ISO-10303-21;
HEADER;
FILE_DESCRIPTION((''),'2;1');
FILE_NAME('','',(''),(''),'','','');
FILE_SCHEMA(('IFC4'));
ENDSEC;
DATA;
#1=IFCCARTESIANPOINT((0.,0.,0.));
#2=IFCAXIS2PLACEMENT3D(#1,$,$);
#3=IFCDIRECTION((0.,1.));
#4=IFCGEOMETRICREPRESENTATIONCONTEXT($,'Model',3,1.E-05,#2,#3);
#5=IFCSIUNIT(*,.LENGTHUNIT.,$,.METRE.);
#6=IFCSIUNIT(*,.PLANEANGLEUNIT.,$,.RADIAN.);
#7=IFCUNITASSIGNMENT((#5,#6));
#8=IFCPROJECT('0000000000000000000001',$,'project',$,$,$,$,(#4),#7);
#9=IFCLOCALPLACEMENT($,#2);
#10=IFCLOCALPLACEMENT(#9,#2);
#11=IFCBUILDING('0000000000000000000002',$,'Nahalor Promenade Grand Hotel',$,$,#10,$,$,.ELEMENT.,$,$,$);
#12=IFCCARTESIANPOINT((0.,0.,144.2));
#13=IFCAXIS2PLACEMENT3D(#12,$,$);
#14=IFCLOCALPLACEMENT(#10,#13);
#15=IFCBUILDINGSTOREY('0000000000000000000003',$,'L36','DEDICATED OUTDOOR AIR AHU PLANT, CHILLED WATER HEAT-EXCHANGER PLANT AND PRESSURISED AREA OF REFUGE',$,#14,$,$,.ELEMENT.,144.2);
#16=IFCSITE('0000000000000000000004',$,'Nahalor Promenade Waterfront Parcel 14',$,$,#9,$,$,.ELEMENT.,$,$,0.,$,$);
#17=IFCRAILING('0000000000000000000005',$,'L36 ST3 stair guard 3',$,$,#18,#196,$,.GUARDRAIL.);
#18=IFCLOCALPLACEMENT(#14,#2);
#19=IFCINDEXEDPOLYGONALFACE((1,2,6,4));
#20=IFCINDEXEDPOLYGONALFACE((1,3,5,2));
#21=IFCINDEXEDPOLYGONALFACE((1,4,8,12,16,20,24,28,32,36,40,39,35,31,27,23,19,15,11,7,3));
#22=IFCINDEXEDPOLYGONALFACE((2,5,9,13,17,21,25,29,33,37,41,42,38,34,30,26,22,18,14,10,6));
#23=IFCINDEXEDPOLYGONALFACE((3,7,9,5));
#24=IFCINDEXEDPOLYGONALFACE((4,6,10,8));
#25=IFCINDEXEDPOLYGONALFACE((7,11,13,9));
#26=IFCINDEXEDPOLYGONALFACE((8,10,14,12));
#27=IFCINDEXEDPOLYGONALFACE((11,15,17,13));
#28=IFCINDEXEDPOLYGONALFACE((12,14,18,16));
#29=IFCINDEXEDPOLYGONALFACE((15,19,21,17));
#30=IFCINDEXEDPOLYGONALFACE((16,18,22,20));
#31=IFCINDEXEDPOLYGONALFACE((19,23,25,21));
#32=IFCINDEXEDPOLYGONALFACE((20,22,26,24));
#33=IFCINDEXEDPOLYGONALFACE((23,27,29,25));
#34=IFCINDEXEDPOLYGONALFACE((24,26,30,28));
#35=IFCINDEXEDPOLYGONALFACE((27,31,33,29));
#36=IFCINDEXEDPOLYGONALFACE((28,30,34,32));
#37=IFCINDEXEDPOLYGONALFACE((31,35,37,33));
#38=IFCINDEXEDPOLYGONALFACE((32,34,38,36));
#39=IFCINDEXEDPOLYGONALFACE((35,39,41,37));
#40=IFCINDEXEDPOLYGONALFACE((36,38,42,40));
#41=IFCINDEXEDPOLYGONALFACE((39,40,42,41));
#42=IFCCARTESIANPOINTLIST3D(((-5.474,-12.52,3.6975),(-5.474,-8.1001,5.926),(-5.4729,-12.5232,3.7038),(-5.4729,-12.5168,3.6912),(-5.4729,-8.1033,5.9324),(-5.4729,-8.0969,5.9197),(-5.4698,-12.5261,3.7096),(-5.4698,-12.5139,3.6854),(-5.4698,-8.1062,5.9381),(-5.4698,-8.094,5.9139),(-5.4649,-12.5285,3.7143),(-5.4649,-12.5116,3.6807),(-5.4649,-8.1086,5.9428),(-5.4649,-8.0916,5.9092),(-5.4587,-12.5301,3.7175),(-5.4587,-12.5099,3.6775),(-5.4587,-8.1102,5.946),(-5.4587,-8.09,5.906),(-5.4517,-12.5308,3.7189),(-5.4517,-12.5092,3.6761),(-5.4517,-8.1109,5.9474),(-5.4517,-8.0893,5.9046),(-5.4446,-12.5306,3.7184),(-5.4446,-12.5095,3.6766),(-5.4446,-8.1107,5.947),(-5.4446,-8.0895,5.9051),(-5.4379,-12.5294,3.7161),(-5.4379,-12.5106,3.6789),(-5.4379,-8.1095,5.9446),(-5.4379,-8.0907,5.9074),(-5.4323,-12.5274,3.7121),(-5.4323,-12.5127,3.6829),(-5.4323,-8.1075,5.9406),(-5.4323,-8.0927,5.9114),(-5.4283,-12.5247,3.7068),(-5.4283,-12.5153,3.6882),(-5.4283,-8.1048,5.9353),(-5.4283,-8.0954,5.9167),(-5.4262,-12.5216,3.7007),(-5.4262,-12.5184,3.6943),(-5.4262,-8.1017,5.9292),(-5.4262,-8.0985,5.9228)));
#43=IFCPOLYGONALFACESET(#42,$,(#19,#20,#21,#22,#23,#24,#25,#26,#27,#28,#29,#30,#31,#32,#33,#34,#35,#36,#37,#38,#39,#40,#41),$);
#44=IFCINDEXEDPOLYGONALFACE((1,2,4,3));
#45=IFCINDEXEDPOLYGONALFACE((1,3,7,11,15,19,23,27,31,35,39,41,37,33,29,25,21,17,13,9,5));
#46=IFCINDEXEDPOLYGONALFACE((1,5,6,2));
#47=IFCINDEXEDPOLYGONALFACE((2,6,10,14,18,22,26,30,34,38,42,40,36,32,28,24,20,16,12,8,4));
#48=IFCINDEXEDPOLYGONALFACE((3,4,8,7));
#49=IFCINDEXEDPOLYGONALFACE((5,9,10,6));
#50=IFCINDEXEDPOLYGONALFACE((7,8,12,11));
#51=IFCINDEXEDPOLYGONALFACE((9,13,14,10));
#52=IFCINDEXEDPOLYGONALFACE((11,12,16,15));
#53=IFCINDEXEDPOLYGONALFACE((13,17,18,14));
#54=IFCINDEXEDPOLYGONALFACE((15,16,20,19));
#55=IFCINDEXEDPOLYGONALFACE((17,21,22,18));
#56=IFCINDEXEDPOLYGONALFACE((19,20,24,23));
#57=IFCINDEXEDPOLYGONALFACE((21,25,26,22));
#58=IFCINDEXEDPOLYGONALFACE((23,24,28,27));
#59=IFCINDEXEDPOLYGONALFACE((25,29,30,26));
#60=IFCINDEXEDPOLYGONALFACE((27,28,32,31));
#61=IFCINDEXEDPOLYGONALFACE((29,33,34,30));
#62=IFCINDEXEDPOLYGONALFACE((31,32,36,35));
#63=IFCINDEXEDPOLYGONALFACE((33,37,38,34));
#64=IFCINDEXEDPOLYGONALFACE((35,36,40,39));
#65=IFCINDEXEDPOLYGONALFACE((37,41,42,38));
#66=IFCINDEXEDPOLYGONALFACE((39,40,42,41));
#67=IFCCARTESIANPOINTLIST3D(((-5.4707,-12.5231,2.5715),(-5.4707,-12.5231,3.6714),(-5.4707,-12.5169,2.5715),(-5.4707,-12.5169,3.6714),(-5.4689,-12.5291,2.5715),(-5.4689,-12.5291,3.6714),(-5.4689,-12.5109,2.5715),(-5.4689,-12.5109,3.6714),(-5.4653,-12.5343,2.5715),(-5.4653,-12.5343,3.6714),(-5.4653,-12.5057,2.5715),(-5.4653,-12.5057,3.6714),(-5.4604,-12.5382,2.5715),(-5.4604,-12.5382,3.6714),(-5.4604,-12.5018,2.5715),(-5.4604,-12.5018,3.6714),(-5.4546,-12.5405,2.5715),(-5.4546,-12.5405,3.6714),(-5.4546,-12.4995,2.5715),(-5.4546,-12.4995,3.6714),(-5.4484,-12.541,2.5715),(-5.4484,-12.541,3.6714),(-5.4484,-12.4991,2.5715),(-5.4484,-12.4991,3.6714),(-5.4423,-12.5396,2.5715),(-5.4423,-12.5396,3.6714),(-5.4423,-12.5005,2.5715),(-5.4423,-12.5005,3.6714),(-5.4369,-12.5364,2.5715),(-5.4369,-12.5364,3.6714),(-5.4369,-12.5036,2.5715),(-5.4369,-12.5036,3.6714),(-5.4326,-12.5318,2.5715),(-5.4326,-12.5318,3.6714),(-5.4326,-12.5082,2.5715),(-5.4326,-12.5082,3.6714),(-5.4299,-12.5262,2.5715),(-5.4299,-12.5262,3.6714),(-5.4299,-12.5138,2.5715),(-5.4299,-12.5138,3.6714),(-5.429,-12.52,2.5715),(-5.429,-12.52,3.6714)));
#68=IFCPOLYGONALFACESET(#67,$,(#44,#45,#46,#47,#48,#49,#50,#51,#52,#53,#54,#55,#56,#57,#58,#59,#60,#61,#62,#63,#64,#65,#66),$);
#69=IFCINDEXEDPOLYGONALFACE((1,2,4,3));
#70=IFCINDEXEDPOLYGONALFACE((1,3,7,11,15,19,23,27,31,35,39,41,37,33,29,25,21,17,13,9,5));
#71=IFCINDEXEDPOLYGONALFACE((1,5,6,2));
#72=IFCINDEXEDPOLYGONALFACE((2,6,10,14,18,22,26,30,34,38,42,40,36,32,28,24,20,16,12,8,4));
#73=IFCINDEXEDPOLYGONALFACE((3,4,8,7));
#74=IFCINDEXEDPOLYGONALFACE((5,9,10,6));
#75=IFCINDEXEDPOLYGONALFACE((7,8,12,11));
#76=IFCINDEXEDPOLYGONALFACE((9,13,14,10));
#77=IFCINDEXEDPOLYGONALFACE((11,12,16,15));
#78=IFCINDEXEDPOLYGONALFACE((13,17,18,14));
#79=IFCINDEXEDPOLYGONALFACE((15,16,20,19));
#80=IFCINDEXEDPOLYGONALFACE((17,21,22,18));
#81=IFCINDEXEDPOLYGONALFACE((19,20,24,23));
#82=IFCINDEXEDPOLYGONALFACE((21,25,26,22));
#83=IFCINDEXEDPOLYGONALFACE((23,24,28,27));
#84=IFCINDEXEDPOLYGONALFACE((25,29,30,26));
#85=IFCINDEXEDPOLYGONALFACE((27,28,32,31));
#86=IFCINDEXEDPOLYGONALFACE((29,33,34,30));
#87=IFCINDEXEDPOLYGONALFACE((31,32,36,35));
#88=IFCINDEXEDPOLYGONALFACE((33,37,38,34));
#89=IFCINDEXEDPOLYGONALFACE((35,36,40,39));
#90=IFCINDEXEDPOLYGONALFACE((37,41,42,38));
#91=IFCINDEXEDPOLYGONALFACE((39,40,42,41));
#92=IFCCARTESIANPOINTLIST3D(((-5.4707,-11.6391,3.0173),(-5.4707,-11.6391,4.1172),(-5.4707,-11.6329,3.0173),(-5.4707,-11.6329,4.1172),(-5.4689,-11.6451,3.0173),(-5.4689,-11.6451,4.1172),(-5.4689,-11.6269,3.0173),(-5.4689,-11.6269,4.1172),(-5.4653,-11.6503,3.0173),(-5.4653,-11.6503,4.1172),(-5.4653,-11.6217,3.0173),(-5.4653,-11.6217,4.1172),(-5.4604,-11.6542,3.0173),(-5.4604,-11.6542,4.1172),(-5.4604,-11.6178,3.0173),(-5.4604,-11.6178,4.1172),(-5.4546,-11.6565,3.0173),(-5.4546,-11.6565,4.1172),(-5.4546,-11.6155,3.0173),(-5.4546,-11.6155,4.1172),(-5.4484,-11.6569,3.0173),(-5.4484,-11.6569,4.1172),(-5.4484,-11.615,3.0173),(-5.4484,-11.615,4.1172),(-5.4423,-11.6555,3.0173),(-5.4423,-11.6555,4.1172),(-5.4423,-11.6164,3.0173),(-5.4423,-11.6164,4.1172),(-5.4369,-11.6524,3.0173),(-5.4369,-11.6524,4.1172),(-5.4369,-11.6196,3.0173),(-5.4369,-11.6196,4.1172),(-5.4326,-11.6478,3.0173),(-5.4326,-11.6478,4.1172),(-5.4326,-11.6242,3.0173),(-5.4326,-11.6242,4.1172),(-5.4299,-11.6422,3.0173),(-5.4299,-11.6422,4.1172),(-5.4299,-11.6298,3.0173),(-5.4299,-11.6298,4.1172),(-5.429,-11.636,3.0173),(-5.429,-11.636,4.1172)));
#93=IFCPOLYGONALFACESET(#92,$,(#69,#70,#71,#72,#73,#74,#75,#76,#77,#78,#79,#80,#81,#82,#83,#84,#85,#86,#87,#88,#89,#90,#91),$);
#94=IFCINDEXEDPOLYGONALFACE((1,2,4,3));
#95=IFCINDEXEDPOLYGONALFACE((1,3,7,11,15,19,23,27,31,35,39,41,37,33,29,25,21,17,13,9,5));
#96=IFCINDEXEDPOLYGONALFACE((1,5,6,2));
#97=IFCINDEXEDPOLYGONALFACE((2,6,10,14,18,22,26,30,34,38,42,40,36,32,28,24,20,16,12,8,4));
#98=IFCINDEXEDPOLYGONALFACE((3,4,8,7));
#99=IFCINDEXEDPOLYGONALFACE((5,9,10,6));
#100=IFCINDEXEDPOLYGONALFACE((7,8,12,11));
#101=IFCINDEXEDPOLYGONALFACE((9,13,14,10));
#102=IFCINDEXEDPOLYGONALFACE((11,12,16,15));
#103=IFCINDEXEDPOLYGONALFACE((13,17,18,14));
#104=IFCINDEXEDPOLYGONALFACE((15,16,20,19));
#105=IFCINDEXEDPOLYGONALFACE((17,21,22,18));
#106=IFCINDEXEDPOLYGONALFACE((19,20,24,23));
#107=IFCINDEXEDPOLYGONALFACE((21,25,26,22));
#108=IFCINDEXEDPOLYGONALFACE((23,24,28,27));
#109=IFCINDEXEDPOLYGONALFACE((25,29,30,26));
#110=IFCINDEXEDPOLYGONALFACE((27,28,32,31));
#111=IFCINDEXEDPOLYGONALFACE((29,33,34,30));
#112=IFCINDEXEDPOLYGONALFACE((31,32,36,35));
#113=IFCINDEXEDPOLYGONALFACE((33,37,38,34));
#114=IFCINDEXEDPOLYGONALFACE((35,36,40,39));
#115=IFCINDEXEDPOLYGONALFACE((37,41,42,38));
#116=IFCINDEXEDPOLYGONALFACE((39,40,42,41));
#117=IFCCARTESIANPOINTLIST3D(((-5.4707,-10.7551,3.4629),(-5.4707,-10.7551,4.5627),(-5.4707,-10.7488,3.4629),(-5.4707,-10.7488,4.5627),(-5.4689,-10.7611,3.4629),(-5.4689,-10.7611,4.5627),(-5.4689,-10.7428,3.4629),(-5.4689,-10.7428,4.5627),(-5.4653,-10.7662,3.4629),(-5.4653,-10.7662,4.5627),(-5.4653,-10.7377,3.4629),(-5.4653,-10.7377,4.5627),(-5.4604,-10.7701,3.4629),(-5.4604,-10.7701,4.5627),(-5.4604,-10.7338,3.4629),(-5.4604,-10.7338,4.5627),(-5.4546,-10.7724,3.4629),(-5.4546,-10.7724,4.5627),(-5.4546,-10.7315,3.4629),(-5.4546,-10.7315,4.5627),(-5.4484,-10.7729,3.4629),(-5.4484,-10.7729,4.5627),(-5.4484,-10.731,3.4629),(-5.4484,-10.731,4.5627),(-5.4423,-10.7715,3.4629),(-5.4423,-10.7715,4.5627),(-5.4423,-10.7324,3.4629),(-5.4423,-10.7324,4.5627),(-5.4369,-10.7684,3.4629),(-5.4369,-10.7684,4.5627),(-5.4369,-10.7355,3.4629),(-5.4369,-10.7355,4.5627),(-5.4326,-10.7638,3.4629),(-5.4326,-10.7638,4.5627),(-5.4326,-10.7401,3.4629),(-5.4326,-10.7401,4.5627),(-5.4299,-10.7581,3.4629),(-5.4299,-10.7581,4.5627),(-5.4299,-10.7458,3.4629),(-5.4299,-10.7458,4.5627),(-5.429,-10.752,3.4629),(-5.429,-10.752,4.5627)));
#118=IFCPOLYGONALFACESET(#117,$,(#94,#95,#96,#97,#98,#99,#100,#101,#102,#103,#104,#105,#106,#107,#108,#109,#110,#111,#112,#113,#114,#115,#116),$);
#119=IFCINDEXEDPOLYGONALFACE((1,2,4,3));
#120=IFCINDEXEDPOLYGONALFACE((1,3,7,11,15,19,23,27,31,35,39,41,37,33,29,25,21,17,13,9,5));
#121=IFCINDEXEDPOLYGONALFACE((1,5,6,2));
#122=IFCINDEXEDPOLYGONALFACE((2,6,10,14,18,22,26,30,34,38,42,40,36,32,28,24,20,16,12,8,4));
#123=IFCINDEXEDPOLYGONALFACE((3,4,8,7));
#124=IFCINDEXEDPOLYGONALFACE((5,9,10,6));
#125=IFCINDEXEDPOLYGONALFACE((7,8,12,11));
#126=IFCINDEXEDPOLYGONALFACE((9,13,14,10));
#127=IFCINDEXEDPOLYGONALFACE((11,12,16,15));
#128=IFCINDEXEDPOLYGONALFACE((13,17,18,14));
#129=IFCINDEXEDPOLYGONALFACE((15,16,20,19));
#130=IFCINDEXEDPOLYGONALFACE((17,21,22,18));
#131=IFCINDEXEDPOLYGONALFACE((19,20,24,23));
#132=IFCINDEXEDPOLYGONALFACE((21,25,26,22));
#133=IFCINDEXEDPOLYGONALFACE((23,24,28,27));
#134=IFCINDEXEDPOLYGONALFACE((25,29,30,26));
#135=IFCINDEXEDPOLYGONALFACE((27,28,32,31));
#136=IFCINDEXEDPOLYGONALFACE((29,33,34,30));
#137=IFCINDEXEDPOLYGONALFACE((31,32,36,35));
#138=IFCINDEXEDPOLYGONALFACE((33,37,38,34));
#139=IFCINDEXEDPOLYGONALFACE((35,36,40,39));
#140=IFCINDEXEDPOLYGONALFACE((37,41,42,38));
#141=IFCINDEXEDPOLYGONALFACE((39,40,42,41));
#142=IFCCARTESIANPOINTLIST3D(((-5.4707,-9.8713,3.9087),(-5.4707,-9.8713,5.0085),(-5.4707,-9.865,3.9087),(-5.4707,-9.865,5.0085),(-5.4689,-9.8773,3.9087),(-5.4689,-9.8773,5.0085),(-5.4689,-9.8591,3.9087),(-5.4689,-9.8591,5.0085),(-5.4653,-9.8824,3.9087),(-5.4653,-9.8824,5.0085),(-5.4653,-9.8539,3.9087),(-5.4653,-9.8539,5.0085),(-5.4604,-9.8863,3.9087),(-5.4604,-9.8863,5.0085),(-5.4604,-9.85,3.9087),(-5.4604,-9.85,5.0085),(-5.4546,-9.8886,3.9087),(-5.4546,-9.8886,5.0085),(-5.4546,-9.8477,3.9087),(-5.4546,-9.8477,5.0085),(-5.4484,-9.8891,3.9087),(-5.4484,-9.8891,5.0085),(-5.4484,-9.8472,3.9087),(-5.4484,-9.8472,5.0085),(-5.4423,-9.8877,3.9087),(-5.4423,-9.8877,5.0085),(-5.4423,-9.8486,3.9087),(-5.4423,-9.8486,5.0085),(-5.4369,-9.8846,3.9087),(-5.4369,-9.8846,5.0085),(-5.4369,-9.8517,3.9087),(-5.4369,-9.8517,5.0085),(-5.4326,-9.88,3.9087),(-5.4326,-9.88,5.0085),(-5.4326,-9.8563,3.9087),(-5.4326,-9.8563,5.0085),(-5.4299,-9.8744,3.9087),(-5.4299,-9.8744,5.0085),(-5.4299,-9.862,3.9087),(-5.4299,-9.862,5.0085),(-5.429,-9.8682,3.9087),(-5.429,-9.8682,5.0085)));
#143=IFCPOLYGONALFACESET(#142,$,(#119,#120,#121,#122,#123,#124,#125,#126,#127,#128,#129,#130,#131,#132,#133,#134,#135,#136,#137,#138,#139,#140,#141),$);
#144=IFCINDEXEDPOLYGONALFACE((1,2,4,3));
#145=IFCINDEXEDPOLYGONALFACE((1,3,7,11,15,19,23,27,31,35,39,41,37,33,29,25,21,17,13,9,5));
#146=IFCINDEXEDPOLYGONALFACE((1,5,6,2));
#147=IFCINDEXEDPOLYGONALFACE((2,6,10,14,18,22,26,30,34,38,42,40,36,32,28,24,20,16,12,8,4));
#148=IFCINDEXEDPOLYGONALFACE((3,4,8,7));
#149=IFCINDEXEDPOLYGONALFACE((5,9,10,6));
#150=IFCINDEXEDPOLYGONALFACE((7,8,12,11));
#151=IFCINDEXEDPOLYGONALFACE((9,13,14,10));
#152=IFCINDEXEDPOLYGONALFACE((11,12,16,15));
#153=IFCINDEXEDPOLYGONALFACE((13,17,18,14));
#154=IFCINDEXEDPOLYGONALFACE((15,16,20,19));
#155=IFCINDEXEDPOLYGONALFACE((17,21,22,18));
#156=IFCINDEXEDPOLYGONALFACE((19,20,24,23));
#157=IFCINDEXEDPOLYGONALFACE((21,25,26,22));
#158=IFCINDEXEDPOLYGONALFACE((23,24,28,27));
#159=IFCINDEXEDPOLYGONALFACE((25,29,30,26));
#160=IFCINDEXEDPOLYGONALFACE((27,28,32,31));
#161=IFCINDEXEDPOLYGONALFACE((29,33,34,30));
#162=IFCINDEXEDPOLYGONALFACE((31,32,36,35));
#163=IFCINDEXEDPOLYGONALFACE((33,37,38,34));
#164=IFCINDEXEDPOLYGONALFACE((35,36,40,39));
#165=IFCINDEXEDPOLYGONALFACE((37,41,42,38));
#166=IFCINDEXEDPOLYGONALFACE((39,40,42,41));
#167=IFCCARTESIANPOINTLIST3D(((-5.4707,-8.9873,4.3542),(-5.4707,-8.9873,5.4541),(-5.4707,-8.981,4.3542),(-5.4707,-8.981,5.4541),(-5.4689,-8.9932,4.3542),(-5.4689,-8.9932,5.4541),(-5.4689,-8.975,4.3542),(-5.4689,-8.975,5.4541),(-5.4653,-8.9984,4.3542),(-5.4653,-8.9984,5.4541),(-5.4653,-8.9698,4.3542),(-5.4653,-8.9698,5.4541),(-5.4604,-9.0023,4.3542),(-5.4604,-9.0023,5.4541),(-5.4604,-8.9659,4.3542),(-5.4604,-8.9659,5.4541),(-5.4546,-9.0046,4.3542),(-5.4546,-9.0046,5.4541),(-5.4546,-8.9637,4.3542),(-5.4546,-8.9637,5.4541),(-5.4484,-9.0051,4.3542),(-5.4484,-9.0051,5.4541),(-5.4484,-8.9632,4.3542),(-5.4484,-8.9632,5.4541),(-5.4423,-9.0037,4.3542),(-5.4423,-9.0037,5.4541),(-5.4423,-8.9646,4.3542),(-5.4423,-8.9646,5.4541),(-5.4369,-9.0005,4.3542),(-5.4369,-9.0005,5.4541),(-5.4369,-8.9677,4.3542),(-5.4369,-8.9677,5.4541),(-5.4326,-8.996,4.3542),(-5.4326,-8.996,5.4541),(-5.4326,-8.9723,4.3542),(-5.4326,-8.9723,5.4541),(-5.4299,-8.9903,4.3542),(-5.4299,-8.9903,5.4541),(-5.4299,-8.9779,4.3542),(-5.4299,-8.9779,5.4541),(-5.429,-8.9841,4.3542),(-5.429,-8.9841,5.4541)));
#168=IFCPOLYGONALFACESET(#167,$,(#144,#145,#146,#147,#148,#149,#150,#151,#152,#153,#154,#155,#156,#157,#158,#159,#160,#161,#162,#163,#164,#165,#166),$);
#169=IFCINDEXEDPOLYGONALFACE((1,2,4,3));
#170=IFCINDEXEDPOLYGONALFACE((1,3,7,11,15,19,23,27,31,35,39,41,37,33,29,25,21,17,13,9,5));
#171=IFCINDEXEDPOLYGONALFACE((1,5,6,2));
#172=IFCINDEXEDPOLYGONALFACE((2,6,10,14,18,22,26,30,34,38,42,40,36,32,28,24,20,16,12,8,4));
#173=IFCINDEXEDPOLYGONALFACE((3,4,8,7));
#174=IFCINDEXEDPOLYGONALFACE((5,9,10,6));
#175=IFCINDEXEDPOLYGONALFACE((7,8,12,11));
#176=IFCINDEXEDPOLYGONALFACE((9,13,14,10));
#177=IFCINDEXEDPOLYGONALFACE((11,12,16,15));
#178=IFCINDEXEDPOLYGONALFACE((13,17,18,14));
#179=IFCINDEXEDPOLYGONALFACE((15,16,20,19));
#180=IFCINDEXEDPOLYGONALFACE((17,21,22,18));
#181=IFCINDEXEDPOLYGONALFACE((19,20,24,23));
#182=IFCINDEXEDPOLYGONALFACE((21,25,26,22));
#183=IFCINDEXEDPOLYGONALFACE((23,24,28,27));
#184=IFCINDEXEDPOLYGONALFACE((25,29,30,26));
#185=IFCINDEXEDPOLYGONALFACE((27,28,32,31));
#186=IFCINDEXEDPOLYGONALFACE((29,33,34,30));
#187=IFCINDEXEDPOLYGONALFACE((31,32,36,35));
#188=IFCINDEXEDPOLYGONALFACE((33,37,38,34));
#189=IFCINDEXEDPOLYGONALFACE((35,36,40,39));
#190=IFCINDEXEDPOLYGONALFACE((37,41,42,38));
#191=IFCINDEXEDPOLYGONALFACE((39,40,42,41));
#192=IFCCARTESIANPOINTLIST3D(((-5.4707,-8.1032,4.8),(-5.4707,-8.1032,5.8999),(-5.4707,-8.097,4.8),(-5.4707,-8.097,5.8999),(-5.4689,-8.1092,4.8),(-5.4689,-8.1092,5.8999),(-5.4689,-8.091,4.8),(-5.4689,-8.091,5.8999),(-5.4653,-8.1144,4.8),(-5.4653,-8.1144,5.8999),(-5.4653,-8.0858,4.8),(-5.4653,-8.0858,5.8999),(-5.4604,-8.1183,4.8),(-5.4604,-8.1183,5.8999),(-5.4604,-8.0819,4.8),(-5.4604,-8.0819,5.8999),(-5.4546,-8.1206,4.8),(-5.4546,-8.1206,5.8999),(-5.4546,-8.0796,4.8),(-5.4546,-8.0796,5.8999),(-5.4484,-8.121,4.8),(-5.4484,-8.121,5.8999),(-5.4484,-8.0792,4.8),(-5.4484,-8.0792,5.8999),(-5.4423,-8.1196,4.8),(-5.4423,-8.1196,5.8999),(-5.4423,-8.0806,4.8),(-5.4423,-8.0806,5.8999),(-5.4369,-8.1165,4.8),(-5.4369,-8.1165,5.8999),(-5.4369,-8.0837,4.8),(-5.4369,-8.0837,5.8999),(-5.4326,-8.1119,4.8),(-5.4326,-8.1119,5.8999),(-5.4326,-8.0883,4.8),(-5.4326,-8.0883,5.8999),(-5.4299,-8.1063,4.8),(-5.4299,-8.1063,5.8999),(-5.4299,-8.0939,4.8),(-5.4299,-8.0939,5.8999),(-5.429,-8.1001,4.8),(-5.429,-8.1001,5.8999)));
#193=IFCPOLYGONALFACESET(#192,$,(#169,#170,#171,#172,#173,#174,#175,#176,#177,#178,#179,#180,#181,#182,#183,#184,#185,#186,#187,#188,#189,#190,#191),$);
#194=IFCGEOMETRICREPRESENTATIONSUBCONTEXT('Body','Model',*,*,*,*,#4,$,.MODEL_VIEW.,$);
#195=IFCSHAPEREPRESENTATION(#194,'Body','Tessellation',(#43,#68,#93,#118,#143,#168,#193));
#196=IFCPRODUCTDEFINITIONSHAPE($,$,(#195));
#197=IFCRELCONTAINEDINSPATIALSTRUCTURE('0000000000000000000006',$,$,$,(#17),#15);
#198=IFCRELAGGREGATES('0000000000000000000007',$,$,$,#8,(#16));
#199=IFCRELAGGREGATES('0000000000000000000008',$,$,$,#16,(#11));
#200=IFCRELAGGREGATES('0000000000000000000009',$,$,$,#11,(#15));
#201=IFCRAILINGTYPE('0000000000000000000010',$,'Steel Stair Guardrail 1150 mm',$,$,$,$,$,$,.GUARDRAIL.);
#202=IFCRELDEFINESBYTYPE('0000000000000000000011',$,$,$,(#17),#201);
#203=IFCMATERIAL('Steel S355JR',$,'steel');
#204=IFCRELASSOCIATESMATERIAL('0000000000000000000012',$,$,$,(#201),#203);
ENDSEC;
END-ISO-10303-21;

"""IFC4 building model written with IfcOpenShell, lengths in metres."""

from ifc_helpers import new_model, si_unit, direction, frame, origin, origin_2d, place, context, subcontext, project, spatial, circle, extrude, material, type_object, element, save


model = new_model("IFC4")

# Units and contexts
model_context = context("Model", 3, precision=1e-05, world=origin(), true_north=direction((0.0, 1.0)))
body_context = subcontext(model_context, "Body", "Model", "MODEL_VIEW")
ifc_project = project(units=[si_unit("LENGTHUNIT", "METRE"), si_unit("PLANEANGLEUNIT", "RADIAN")], contexts=[model_context])

# Site, building, storey
site_placement = place(None, origin())
site = spatial("IfcSite", under=ifc_project, at=site_placement, Name="Nahalor Promenade Waterfront Parcel 14", CompositionType="ELEMENT", RefElevation=0.0)
building_placement = place(site_placement, origin())
building = spatial("IfcBuilding", under=site, at=building_placement, Name="Nahalor Promenade Grand Hotel", CompositionType="ELEMENT")
storey_placement = place(building_placement, frame((0.0, 0.0, 144.2)))
storey = spatial("IfcBuildingStorey", under=building, at=storey_placement, Name="L36", Description="DEDICATED OUTDOOR AIR AHU PLANT, CHILLED WATER HEAT-EXCHANGER PLANT AND PRESSURISED AREA OF REFUGE", CompositionType="ELEMENT", Elevation=144.2)

# Shared definitions
ifc_material_1 = material(Name="Steel S355JR", Category="steel")

# Railing
railing_type_1 = type_object("IfcRailingType", Name="Steel Stair Guardrail 1150 mm", PredefinedType="GUARDRAIL", material=ifc_material_1)
railing_1_placement = place(storey_placement, frame((-5.45, -12.52, 2.5715)))
element("IfcRailing", 1, at=railing_1_placement, inside=storey, type_object=railing_type_1, Name="L36 ST3 stair guard 3", PredefinedType="GUARDRAIL", context=body_context, shape_type="SweptSolid", body=[
    extrude(circle(Radius=0.024, at=origin_2d()), frame((0.0, 0.0, 1.126), z_axis=(0.0, 0.892923, 0.45021), x_axis=(-1.0, 0.0, 0.0)), (0.0, 0.0, 1.0), 4.95),
    extrude(circle(Radius=0.021, at=origin_2d()), origin(), (0.0, 0.0, 1.0), 1.0999),
    extrude(circle(Radius=0.021, at=origin_2d()), frame((0.0, 0.884, 0.4458)), (0.0, 0.0, 1.0), 1.0999),
    extrude(circle(Radius=0.021, at=origin_2d()), frame((0.0, 1.7681, 0.8914)), (0.0, 0.0, 1.0), 1.0999),
    extrude(circle(Radius=0.021, at=origin_2d()), frame((0.0, 2.6519, 1.3372)), (0.0, 0.0, 1.0), 1.0999),
    extrude(circle(Radius=0.021, at=origin_2d()), frame((0.0, 3.5359, 1.7827)), (0.0, 0.0, 1.0), 1.0999),
    extrude(circle(Radius=0.021, at=origin_2d()), frame((0.0, 4.4199, 2.2285)), (0.0, 0.0, 1.0), 1.0999),
])

save(model, "model.ifc")
